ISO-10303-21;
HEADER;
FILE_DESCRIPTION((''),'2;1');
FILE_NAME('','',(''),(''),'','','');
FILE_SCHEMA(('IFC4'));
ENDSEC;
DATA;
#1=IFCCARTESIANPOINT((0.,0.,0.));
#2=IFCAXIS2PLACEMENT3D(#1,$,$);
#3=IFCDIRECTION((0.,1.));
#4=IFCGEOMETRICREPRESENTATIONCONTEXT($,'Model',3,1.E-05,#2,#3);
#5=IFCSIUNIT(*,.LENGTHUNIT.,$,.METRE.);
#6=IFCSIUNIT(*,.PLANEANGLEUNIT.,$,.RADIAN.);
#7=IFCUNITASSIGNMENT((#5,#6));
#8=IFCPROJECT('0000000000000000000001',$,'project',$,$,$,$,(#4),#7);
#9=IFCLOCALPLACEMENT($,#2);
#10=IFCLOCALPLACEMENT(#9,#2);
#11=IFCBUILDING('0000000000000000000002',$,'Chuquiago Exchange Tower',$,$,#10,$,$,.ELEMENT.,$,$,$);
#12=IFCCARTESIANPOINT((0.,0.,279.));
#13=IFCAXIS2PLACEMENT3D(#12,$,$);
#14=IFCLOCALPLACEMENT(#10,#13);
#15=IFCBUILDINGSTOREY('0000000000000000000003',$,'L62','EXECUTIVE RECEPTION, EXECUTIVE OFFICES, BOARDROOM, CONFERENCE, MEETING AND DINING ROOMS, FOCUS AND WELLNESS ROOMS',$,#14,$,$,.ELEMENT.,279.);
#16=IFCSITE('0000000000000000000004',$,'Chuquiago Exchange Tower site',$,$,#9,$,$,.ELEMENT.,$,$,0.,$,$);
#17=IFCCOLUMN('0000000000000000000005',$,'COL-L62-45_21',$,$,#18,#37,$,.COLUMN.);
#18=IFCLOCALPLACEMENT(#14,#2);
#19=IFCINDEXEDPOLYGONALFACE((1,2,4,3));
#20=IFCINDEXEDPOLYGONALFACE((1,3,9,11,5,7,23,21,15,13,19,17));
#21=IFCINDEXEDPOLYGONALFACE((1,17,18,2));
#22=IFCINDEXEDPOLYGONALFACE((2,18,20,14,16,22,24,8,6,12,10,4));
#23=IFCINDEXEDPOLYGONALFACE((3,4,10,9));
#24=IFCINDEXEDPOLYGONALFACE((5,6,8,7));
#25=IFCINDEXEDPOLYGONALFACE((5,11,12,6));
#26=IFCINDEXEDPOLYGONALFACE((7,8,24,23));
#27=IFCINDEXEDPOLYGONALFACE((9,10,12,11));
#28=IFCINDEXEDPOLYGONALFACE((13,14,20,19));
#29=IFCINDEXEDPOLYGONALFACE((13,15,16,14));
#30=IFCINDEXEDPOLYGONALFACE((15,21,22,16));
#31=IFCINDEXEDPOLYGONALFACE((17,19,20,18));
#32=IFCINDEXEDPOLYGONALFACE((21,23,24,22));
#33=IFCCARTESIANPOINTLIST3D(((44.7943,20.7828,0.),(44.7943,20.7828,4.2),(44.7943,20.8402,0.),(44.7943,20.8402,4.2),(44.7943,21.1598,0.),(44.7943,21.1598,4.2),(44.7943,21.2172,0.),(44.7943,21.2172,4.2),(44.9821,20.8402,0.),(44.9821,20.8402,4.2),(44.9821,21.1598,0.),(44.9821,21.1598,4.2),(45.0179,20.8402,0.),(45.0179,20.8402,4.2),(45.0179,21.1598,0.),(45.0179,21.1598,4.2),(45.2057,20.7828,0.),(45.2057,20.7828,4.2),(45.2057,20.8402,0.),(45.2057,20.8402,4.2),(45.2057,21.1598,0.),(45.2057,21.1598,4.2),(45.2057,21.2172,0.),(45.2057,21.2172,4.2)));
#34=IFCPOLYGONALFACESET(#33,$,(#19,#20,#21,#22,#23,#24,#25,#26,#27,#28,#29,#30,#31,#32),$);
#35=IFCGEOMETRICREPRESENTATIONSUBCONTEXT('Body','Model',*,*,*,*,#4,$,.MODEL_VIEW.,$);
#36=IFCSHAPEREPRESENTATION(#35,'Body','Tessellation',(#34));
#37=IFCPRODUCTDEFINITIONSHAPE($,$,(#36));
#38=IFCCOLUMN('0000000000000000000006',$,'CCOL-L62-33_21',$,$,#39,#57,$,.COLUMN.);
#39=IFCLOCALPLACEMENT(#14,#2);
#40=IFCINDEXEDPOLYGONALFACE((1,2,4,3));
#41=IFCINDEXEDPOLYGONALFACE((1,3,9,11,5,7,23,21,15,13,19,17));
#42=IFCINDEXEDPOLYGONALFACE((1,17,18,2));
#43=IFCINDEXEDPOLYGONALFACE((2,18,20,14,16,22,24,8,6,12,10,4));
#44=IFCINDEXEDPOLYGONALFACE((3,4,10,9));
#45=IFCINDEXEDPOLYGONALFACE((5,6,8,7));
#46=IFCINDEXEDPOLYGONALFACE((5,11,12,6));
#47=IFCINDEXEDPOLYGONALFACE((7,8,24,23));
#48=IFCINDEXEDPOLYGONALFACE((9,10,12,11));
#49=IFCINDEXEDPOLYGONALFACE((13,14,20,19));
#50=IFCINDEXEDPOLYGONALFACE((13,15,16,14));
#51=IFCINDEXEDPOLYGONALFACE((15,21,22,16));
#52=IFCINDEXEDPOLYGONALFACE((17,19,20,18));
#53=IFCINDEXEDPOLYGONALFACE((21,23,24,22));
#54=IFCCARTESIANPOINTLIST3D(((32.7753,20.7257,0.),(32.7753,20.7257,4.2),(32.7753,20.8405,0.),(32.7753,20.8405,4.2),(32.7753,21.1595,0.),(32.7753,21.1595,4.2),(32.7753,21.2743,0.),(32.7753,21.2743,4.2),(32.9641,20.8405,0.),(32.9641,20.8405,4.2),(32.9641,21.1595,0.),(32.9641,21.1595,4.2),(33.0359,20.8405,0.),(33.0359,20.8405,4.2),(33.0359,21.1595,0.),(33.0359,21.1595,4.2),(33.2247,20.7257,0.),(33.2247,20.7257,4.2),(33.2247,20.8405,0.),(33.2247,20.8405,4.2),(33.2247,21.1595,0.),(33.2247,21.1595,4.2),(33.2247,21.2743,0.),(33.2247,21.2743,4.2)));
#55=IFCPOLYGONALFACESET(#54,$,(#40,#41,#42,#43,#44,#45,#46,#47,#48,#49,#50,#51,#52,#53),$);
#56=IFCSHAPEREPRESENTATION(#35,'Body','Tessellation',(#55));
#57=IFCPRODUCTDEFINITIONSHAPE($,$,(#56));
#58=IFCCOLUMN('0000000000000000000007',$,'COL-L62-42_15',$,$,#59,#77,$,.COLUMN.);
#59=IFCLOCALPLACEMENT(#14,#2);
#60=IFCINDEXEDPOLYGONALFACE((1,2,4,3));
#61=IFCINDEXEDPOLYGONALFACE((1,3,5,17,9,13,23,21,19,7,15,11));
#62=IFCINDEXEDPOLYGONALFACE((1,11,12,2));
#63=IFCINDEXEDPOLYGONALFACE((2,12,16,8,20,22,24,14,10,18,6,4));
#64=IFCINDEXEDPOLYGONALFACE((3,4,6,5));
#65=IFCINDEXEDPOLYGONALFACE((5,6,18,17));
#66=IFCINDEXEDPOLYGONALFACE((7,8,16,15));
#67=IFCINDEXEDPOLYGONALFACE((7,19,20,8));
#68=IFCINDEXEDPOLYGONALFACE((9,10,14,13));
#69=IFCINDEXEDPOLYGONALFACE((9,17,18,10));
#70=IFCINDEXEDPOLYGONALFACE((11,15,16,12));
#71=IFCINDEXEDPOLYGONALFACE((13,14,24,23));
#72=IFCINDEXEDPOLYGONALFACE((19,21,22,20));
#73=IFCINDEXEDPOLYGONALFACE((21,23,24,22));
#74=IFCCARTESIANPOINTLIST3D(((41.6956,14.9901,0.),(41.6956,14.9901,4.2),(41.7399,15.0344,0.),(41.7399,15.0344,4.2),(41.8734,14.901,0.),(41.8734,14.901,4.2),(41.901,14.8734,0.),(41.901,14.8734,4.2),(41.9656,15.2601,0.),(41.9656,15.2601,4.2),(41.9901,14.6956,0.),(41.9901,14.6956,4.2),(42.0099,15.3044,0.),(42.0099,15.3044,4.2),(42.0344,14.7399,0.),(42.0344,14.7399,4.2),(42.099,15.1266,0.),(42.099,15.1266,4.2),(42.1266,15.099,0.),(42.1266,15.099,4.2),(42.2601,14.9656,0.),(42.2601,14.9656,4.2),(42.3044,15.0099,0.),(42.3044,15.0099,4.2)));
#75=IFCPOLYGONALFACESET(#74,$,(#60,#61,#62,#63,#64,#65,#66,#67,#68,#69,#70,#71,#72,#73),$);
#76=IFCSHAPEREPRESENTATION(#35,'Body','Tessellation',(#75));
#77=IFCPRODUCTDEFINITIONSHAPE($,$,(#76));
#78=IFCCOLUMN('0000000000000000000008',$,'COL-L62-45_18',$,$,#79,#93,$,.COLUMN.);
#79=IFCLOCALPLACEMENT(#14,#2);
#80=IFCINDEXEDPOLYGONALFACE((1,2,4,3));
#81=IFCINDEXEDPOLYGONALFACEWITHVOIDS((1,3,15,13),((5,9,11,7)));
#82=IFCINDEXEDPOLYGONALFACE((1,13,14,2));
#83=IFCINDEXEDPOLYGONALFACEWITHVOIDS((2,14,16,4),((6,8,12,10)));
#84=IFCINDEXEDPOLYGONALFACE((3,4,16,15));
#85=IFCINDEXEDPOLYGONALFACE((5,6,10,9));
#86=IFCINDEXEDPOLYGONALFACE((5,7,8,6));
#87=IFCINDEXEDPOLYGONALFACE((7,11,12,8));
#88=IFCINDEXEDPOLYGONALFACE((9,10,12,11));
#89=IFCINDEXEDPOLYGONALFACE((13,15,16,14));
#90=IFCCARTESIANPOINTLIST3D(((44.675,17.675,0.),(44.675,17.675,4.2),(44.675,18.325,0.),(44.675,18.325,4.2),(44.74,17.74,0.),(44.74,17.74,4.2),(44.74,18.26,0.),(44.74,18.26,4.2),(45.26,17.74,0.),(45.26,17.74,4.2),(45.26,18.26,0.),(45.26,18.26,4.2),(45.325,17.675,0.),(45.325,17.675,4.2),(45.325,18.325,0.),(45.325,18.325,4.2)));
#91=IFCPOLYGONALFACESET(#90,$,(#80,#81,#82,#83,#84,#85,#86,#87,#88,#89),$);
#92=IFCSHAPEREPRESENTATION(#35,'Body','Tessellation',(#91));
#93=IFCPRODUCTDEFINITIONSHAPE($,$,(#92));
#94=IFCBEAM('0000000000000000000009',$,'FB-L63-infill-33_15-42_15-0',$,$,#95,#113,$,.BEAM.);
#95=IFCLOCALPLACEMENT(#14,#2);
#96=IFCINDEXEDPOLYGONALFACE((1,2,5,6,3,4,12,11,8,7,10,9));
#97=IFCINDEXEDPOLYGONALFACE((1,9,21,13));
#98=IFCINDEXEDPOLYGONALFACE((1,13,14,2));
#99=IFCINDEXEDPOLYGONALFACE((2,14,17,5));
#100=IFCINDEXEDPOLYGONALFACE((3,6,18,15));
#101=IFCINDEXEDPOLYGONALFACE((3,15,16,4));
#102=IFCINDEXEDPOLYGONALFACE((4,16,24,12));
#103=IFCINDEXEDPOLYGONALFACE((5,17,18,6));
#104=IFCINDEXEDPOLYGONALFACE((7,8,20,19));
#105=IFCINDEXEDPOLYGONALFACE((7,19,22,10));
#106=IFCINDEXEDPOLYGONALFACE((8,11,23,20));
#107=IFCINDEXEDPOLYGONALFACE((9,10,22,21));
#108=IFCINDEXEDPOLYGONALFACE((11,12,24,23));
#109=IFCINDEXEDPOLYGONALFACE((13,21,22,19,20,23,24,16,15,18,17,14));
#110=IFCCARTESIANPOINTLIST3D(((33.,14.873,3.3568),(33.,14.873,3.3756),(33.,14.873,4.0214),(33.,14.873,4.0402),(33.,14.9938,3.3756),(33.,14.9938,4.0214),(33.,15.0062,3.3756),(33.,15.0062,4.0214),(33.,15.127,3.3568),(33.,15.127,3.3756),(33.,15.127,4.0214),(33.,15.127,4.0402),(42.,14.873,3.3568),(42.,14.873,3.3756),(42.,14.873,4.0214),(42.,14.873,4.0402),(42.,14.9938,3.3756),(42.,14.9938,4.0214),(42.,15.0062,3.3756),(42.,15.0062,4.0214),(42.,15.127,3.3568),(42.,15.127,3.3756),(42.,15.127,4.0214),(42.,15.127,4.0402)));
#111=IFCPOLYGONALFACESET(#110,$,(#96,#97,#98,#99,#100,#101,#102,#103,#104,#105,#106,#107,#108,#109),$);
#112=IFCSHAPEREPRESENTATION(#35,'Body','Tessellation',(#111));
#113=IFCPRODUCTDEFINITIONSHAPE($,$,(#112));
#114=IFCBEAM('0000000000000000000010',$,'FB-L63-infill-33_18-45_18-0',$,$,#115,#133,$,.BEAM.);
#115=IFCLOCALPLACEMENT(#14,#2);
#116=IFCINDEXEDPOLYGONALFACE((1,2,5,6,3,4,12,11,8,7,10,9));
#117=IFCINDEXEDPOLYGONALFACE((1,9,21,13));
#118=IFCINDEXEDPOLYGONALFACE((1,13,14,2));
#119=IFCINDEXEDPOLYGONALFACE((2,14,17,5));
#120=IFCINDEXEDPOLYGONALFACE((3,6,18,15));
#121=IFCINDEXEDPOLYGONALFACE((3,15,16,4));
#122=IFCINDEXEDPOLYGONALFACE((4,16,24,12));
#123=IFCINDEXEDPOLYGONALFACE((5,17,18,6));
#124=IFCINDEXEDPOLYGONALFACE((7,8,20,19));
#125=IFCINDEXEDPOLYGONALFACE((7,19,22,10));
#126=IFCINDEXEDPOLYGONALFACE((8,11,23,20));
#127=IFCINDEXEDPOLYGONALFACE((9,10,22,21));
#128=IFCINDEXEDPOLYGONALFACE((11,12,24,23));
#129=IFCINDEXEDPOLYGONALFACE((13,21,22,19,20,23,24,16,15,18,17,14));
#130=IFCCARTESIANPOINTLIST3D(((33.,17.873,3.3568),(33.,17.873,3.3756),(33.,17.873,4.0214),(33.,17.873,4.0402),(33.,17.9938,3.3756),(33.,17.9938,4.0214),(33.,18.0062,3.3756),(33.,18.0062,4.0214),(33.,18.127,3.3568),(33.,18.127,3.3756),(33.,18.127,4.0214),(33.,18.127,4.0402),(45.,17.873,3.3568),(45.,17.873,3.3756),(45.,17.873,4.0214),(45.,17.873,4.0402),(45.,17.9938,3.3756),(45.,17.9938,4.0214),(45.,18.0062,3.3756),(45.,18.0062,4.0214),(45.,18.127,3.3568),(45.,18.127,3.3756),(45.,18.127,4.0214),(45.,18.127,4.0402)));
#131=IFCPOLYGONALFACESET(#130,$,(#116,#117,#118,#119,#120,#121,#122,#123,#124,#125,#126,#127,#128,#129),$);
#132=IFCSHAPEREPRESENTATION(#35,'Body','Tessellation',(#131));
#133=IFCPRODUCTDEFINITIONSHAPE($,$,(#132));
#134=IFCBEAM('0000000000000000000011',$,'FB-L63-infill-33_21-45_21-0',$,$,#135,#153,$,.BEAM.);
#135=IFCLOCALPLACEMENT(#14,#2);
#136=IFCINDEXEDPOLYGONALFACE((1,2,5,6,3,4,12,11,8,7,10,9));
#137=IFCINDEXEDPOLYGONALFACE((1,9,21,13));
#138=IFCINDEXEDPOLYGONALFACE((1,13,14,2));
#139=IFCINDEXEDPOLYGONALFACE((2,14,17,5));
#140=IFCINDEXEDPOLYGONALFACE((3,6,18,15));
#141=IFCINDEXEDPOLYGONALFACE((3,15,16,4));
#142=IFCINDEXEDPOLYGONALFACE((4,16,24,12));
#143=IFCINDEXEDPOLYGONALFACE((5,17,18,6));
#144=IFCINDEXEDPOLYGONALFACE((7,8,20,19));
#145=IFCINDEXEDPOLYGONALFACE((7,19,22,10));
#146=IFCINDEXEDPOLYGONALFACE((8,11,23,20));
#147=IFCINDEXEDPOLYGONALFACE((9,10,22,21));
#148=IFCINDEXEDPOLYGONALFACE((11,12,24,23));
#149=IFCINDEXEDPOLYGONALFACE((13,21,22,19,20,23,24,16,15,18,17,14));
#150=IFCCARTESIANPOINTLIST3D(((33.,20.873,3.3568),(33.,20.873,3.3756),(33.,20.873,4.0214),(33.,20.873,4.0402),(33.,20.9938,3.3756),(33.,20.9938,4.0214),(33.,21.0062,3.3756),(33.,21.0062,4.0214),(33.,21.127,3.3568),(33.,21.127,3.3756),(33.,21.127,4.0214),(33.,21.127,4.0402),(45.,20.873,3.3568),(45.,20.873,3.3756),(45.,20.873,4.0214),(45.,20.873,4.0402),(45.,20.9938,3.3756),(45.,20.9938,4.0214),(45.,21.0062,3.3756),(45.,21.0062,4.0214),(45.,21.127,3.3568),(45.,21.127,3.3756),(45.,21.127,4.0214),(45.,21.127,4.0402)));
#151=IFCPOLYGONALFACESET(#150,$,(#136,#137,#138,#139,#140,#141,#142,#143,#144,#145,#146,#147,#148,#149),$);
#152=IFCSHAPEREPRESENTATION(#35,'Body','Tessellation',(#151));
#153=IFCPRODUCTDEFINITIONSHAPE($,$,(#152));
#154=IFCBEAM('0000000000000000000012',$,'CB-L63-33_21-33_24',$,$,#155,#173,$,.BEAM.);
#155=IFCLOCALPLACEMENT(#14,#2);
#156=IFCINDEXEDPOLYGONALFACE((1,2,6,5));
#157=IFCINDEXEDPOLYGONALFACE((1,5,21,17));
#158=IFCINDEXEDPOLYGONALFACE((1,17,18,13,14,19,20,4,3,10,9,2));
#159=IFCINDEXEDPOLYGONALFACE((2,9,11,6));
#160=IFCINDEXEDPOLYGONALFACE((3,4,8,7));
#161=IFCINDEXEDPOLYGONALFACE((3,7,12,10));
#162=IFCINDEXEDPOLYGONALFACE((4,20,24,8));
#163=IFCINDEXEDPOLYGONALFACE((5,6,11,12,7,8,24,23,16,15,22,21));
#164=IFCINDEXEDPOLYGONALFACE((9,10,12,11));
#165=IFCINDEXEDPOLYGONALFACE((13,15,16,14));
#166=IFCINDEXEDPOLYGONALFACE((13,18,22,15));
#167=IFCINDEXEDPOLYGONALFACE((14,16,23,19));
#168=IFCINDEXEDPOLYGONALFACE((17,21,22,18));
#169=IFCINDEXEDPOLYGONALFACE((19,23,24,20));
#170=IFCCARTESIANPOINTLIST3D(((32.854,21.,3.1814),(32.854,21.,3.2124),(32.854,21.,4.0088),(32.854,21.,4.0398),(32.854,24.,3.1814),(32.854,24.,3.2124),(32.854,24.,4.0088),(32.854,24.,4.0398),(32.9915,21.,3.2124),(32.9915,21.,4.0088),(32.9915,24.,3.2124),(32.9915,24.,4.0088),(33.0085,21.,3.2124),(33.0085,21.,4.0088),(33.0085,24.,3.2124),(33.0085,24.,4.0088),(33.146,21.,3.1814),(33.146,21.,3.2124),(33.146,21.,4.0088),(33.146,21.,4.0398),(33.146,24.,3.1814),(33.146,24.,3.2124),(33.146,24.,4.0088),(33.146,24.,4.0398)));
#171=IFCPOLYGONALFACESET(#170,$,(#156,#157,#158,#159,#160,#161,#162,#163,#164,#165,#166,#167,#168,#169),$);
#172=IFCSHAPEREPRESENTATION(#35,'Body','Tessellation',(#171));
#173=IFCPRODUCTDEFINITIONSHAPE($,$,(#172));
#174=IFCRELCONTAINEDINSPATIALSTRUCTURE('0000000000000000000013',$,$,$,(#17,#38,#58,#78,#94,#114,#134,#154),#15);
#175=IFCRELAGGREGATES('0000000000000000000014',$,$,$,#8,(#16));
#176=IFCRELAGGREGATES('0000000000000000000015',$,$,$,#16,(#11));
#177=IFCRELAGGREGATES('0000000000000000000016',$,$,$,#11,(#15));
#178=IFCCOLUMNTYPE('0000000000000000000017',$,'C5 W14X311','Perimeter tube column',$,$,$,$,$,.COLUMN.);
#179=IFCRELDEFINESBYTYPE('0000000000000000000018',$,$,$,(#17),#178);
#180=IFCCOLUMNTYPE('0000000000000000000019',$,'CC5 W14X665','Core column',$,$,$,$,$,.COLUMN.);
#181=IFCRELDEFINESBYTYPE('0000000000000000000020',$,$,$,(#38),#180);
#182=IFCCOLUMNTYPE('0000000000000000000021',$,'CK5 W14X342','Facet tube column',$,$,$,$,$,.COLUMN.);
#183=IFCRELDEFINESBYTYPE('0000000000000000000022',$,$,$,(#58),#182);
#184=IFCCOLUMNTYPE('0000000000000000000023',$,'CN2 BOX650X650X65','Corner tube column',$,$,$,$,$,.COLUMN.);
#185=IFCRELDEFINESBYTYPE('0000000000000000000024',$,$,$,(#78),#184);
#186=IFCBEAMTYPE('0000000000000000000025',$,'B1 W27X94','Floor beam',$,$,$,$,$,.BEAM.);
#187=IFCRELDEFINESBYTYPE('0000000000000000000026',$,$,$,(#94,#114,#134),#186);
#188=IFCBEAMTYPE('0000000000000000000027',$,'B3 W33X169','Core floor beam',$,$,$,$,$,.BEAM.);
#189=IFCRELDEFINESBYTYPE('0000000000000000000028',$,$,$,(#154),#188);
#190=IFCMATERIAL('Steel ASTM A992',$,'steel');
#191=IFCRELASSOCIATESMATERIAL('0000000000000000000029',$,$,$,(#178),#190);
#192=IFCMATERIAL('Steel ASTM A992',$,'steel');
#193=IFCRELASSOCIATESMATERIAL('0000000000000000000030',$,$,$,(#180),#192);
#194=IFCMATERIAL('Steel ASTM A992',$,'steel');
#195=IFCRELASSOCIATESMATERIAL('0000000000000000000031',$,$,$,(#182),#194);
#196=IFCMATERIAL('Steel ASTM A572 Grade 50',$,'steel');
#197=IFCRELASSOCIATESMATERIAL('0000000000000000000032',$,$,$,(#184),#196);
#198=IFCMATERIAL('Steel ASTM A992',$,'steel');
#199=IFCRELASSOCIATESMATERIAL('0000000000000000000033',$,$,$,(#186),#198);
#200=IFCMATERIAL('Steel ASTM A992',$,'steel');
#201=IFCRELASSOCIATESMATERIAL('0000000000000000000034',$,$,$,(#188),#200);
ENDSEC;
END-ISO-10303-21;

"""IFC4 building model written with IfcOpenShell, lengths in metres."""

from ifc_helpers import new_model, si_unit, direction, frame, origin, origin_2d, place, context, subcontext, project, spatial, hollow_rectangle, i_section, extrude, material, material_profile, profile_set, type_object, element, save


model = new_model("IFC4")

# Units and contexts
model_context = context("Model", 3, precision=1e-05, world=origin(), true_north=direction((0.0, 1.0)))
body_context = subcontext(model_context, "Body", "Model", "MODEL_VIEW")
ifc_project = project(units=[si_unit("LENGTHUNIT", "METRE"), si_unit("PLANEANGLEUNIT", "RADIAN")], contexts=[model_context])

# Site, building, storey
site_placement = place(None, origin())
site = spatial("IfcSite", under=ifc_project, at=site_placement, Name="Chuquiago Exchange Tower site", CompositionType="ELEMENT", RefElevation=0.0)
building_placement = place(site_placement, origin())
building = spatial("IfcBuilding", under=site, at=building_placement, Name="Chuquiago Exchange Tower", CompositionType="ELEMENT")
storey_placement = place(building_placement, frame((0.0, 0.0, 279.0)))
storey = spatial("IfcBuildingStorey", under=building, at=storey_placement, Name="L62", Description="EXECUTIVE RECEPTION, EXECUTIVE OFFICES, BOARDROOM, CONFERENCE, MEETING AND DINING ROOMS, FOCUS AND WELLNESS ROOMS", CompositionType="ELEMENT", Elevation=279.0)

# Columns
ifc_material_1 = material(Name="Steel ASTM A992", Category="steel")
ifc_material_profile_1 = material_profile(ifc_material_1, i_section(OverallWidth=0.4114, OverallDepth=0.4343, WebThickness=0.0359, FlangeThickness=0.0574, at=origin_2d()), Name="W14X311")
ifc_profile_set_1 = profile_set([ifc_material_profile_1], Name="Steel ASTM A992")
column_type_1 = type_object("IfcColumnType", Name="C5 W14X311", Description="Perimeter tube column", PredefinedType="COLUMN", material=ifc_profile_set_1)
column_1_placement = place(storey_placement, frame((45.0, 21.0, 0.0), z_axis=(0.0, 0.0, 1.0), x_axis=(1.0, 0.0, 0.0)))
element("IfcColumn", 1, at=column_1_placement, inside=storey, type_object=column_type_1, Name="COL-L62-45_21", PredefinedType="COLUMN", context=body_context, shape_type="SweptSolid", body=[
    extrude(i_section(OverallWidth=0.4114, OverallDepth=0.4343, WebThickness=0.0359, FlangeThickness=0.0574, at=origin_2d()), origin(), (0.0, 0.0, 1.0), 4.2),
])
ifc_material_2 = material(Name="Steel ASTM A992", Category="steel")
ifc_material_profile_2 = material_profile(ifc_material_2, i_section(OverallWidth=0.4495, OverallDepth=0.5486, WebThickness=0.0718, FlangeThickness=0.1147, at=origin_2d()), Name="W14X665")
ifc_profile_set_2 = profile_set([ifc_material_profile_2], Name="Steel ASTM A992")
column_type_2 = type_object("IfcColumnType", Name="CC5 W14X665", Description="Core column", PredefinedType="COLUMN", material=ifc_profile_set_2)
column_2_placement = place(storey_placement, frame((33.0, 21.0, 0.0), z_axis=(0.0, 0.0, 1.0), x_axis=(1.0, 0.0, 0.0)))
element("IfcColumn", 2, at=column_2_placement, inside=storey, type_object=column_type_2, Name="CCOL-L62-33_21", PredefinedType="COLUMN", context=body_context, shape_type="SweptSolid", body=[
    extrude(i_section(OverallWidth=0.4495, OverallDepth=0.5486, WebThickness=0.0718, FlangeThickness=0.1147, at=origin_2d()), origin(), (0.0, 0.0, 1.0), 4.2),
])
ifc_material_3 = material(Name="Steel ASTM A992", Category="steel")
ifc_material_profile_3 = material_profile(ifc_material_3, i_section(OverallWidth=0.4165, OverallDepth=0.4446, WebThickness=0.0391, FlangeThickness=0.0627, at=origin_2d()), Name="W14X342")
ifc_profile_set_3 = profile_set([ifc_material_profile_3], Name="Steel ASTM A992")
column_type_3 = type_object("IfcColumnType", Name="CK5 W14X342", Description="Facet tube column", PredefinedType="COLUMN", material=ifc_profile_set_3)
column_3_placement = place(storey_placement, frame((42.0, 15.0, 0.0), z_axis=(0.0, 0.0, 1.0), x_axis=(0.707107, -0.707107, 0.0)))
element("IfcColumn", 3, at=column_3_placement, inside=storey, type_object=column_type_3, Name="COL-L62-42_15", PredefinedType="COLUMN", context=body_context, shape_type="SweptSolid", body=[
    extrude(i_section(OverallWidth=0.4165, OverallDepth=0.4446, WebThickness=0.0391, FlangeThickness=0.0627, at=origin_2d()), origin(), (0.0, 0.0, 1.0), 4.2),
])
ifc_material_4 = material(Name="Steel ASTM A572 Grade 50", Category="steel")
ifc_material_profile_4 = material_profile(ifc_material_4, hollow_rectangle(XDim=0.6499, YDim=0.6499, WallThickness=0.0649, at=origin_2d()), Name="BOX650X650X65")
ifc_profile_set_4 = profile_set([ifc_material_profile_4], Name="Steel ASTM A572 Grade 50")
column_type_4 = type_object("IfcColumnType", Name="CN2 BOX650X650X65", Description="Corner tube column", PredefinedType="COLUMN", material=ifc_profile_set_4)
column_4_placement = place(storey_placement, frame((45.0, 18.0, 0.0), z_axis=(0.0, 0.0, 1.0), x_axis=(1.0, 0.0, 0.0)))
element("IfcColumn", 4, at=column_4_placement, inside=storey, type_object=column_type_4, Name="COL-L62-45_18", PredefinedType="COLUMN", context=body_context, shape_type="SweptSolid", body=[
    extrude(hollow_rectangle(XDim=0.6499, YDim=0.6499, WallThickness=0.0649, at=origin_2d()), origin(), (0.0, 0.0, 1.0), 4.2),
])

# Beams
ifc_material_5 = material(Name="Steel ASTM A992", Category="steel")
ifc_material_profile_5 = material_profile(ifc_material_5, i_section(OverallWidth=0.2539, OverallDepth=0.6833, WebThickness=0.0125, FlangeThickness=0.0188, at=origin_2d()), Name="W27X94")
ifc_profile_set_5 = profile_set([ifc_material_profile_5], Name="Steel ASTM A992")
beam_type_1 = type_object("IfcBeamType", Name="B1 W27X94", Description="Floor beam", PredefinedType="BEAM", material=ifc_profile_set_5)
beam_1_placement = place(storey_placement, frame((33.0, 15.0, 3.6985), z_axis=(1.0, 0.0, 0.0), x_axis=(0.0, 1.0, 0.0)))
element("IfcBeam", 5, at=beam_1_placement, inside=storey, type_object=beam_type_1, Name="FB-L63-infill-33_15-42_15-0", PredefinedType="BEAM", context=body_context, shape_type="SweptSolid", body=[
    extrude(i_section(OverallWidth=0.2539, OverallDepth=0.6833, WebThickness=0.0125, FlangeThickness=0.0188, at=origin_2d()), origin(), (0.0, 0.0, 1.0), 9.0),
])
for number, where, z_axis, x_axis, name in (
    (6, (33.0, 18.0, 3.6985), (1.0, 0.0, 0.0), (0.0, 1.0, 0.0), "FB-L63-infill-33_18-45_18-0"),
    (7, (33.0, 21.0, 3.6985), (1.0, 0.0, 0.0), (0.0, 1.0, 0.0), "FB-L63-infill-33_21-45_21-0"),
):
    element("IfcBeam", number, at=place(storey_placement, frame(where, z_axis=z_axis, x_axis=x_axis)), inside=storey, type_object=beam_type_1, Name=name, PredefinedType="BEAM", context=body_context, shape_type="SweptSolid", body=[
        extrude(i_section(OverallWidth=0.2539, OverallDepth=0.6833, WebThickness=0.0125, FlangeThickness=0.0188, at=origin_2d()), origin(), (0.0, 0.0, 1.0), 12.0),
    ])
ifc_material_6 = material(Name="Steel ASTM A992", Category="steel")
ifc_material_profile_6 = material_profile(ifc_material_6, i_section(OverallWidth=0.292, OverallDepth=0.8584, WebThickness=0.0171, FlangeThickness=0.031, at=origin_2d()), Name="W33X169")
ifc_profile_set_6 = profile_set([ifc_material_profile_6], Name="Steel ASTM A992")
beam_type_2 = type_object("IfcBeamType", Name="B3 W33X169", Description="Core floor beam", PredefinedType="BEAM", material=ifc_profile_set_6)
beam_2_placement = place(storey_placement, frame((33.0, 21.0, 3.6106), z_axis=(0.0, 1.0, 0.0), x_axis=(-1.0, 0.0, 0.0)))
element("IfcBeam", 8, at=beam_2_placement, inside=storey, type_object=beam_type_2, Name="CB-L63-33_21-33_24", PredefinedType="BEAM", context=body_context, shape_type="SweptSolid", body=[
    extrude(i_section(OverallWidth=0.292, OverallDepth=0.8584, WebThickness=0.0171, FlangeThickness=0.031, at=origin_2d()), origin(), (0.0, 0.0, 1.0), 3.0),
])

save(model, "model.ifc")
